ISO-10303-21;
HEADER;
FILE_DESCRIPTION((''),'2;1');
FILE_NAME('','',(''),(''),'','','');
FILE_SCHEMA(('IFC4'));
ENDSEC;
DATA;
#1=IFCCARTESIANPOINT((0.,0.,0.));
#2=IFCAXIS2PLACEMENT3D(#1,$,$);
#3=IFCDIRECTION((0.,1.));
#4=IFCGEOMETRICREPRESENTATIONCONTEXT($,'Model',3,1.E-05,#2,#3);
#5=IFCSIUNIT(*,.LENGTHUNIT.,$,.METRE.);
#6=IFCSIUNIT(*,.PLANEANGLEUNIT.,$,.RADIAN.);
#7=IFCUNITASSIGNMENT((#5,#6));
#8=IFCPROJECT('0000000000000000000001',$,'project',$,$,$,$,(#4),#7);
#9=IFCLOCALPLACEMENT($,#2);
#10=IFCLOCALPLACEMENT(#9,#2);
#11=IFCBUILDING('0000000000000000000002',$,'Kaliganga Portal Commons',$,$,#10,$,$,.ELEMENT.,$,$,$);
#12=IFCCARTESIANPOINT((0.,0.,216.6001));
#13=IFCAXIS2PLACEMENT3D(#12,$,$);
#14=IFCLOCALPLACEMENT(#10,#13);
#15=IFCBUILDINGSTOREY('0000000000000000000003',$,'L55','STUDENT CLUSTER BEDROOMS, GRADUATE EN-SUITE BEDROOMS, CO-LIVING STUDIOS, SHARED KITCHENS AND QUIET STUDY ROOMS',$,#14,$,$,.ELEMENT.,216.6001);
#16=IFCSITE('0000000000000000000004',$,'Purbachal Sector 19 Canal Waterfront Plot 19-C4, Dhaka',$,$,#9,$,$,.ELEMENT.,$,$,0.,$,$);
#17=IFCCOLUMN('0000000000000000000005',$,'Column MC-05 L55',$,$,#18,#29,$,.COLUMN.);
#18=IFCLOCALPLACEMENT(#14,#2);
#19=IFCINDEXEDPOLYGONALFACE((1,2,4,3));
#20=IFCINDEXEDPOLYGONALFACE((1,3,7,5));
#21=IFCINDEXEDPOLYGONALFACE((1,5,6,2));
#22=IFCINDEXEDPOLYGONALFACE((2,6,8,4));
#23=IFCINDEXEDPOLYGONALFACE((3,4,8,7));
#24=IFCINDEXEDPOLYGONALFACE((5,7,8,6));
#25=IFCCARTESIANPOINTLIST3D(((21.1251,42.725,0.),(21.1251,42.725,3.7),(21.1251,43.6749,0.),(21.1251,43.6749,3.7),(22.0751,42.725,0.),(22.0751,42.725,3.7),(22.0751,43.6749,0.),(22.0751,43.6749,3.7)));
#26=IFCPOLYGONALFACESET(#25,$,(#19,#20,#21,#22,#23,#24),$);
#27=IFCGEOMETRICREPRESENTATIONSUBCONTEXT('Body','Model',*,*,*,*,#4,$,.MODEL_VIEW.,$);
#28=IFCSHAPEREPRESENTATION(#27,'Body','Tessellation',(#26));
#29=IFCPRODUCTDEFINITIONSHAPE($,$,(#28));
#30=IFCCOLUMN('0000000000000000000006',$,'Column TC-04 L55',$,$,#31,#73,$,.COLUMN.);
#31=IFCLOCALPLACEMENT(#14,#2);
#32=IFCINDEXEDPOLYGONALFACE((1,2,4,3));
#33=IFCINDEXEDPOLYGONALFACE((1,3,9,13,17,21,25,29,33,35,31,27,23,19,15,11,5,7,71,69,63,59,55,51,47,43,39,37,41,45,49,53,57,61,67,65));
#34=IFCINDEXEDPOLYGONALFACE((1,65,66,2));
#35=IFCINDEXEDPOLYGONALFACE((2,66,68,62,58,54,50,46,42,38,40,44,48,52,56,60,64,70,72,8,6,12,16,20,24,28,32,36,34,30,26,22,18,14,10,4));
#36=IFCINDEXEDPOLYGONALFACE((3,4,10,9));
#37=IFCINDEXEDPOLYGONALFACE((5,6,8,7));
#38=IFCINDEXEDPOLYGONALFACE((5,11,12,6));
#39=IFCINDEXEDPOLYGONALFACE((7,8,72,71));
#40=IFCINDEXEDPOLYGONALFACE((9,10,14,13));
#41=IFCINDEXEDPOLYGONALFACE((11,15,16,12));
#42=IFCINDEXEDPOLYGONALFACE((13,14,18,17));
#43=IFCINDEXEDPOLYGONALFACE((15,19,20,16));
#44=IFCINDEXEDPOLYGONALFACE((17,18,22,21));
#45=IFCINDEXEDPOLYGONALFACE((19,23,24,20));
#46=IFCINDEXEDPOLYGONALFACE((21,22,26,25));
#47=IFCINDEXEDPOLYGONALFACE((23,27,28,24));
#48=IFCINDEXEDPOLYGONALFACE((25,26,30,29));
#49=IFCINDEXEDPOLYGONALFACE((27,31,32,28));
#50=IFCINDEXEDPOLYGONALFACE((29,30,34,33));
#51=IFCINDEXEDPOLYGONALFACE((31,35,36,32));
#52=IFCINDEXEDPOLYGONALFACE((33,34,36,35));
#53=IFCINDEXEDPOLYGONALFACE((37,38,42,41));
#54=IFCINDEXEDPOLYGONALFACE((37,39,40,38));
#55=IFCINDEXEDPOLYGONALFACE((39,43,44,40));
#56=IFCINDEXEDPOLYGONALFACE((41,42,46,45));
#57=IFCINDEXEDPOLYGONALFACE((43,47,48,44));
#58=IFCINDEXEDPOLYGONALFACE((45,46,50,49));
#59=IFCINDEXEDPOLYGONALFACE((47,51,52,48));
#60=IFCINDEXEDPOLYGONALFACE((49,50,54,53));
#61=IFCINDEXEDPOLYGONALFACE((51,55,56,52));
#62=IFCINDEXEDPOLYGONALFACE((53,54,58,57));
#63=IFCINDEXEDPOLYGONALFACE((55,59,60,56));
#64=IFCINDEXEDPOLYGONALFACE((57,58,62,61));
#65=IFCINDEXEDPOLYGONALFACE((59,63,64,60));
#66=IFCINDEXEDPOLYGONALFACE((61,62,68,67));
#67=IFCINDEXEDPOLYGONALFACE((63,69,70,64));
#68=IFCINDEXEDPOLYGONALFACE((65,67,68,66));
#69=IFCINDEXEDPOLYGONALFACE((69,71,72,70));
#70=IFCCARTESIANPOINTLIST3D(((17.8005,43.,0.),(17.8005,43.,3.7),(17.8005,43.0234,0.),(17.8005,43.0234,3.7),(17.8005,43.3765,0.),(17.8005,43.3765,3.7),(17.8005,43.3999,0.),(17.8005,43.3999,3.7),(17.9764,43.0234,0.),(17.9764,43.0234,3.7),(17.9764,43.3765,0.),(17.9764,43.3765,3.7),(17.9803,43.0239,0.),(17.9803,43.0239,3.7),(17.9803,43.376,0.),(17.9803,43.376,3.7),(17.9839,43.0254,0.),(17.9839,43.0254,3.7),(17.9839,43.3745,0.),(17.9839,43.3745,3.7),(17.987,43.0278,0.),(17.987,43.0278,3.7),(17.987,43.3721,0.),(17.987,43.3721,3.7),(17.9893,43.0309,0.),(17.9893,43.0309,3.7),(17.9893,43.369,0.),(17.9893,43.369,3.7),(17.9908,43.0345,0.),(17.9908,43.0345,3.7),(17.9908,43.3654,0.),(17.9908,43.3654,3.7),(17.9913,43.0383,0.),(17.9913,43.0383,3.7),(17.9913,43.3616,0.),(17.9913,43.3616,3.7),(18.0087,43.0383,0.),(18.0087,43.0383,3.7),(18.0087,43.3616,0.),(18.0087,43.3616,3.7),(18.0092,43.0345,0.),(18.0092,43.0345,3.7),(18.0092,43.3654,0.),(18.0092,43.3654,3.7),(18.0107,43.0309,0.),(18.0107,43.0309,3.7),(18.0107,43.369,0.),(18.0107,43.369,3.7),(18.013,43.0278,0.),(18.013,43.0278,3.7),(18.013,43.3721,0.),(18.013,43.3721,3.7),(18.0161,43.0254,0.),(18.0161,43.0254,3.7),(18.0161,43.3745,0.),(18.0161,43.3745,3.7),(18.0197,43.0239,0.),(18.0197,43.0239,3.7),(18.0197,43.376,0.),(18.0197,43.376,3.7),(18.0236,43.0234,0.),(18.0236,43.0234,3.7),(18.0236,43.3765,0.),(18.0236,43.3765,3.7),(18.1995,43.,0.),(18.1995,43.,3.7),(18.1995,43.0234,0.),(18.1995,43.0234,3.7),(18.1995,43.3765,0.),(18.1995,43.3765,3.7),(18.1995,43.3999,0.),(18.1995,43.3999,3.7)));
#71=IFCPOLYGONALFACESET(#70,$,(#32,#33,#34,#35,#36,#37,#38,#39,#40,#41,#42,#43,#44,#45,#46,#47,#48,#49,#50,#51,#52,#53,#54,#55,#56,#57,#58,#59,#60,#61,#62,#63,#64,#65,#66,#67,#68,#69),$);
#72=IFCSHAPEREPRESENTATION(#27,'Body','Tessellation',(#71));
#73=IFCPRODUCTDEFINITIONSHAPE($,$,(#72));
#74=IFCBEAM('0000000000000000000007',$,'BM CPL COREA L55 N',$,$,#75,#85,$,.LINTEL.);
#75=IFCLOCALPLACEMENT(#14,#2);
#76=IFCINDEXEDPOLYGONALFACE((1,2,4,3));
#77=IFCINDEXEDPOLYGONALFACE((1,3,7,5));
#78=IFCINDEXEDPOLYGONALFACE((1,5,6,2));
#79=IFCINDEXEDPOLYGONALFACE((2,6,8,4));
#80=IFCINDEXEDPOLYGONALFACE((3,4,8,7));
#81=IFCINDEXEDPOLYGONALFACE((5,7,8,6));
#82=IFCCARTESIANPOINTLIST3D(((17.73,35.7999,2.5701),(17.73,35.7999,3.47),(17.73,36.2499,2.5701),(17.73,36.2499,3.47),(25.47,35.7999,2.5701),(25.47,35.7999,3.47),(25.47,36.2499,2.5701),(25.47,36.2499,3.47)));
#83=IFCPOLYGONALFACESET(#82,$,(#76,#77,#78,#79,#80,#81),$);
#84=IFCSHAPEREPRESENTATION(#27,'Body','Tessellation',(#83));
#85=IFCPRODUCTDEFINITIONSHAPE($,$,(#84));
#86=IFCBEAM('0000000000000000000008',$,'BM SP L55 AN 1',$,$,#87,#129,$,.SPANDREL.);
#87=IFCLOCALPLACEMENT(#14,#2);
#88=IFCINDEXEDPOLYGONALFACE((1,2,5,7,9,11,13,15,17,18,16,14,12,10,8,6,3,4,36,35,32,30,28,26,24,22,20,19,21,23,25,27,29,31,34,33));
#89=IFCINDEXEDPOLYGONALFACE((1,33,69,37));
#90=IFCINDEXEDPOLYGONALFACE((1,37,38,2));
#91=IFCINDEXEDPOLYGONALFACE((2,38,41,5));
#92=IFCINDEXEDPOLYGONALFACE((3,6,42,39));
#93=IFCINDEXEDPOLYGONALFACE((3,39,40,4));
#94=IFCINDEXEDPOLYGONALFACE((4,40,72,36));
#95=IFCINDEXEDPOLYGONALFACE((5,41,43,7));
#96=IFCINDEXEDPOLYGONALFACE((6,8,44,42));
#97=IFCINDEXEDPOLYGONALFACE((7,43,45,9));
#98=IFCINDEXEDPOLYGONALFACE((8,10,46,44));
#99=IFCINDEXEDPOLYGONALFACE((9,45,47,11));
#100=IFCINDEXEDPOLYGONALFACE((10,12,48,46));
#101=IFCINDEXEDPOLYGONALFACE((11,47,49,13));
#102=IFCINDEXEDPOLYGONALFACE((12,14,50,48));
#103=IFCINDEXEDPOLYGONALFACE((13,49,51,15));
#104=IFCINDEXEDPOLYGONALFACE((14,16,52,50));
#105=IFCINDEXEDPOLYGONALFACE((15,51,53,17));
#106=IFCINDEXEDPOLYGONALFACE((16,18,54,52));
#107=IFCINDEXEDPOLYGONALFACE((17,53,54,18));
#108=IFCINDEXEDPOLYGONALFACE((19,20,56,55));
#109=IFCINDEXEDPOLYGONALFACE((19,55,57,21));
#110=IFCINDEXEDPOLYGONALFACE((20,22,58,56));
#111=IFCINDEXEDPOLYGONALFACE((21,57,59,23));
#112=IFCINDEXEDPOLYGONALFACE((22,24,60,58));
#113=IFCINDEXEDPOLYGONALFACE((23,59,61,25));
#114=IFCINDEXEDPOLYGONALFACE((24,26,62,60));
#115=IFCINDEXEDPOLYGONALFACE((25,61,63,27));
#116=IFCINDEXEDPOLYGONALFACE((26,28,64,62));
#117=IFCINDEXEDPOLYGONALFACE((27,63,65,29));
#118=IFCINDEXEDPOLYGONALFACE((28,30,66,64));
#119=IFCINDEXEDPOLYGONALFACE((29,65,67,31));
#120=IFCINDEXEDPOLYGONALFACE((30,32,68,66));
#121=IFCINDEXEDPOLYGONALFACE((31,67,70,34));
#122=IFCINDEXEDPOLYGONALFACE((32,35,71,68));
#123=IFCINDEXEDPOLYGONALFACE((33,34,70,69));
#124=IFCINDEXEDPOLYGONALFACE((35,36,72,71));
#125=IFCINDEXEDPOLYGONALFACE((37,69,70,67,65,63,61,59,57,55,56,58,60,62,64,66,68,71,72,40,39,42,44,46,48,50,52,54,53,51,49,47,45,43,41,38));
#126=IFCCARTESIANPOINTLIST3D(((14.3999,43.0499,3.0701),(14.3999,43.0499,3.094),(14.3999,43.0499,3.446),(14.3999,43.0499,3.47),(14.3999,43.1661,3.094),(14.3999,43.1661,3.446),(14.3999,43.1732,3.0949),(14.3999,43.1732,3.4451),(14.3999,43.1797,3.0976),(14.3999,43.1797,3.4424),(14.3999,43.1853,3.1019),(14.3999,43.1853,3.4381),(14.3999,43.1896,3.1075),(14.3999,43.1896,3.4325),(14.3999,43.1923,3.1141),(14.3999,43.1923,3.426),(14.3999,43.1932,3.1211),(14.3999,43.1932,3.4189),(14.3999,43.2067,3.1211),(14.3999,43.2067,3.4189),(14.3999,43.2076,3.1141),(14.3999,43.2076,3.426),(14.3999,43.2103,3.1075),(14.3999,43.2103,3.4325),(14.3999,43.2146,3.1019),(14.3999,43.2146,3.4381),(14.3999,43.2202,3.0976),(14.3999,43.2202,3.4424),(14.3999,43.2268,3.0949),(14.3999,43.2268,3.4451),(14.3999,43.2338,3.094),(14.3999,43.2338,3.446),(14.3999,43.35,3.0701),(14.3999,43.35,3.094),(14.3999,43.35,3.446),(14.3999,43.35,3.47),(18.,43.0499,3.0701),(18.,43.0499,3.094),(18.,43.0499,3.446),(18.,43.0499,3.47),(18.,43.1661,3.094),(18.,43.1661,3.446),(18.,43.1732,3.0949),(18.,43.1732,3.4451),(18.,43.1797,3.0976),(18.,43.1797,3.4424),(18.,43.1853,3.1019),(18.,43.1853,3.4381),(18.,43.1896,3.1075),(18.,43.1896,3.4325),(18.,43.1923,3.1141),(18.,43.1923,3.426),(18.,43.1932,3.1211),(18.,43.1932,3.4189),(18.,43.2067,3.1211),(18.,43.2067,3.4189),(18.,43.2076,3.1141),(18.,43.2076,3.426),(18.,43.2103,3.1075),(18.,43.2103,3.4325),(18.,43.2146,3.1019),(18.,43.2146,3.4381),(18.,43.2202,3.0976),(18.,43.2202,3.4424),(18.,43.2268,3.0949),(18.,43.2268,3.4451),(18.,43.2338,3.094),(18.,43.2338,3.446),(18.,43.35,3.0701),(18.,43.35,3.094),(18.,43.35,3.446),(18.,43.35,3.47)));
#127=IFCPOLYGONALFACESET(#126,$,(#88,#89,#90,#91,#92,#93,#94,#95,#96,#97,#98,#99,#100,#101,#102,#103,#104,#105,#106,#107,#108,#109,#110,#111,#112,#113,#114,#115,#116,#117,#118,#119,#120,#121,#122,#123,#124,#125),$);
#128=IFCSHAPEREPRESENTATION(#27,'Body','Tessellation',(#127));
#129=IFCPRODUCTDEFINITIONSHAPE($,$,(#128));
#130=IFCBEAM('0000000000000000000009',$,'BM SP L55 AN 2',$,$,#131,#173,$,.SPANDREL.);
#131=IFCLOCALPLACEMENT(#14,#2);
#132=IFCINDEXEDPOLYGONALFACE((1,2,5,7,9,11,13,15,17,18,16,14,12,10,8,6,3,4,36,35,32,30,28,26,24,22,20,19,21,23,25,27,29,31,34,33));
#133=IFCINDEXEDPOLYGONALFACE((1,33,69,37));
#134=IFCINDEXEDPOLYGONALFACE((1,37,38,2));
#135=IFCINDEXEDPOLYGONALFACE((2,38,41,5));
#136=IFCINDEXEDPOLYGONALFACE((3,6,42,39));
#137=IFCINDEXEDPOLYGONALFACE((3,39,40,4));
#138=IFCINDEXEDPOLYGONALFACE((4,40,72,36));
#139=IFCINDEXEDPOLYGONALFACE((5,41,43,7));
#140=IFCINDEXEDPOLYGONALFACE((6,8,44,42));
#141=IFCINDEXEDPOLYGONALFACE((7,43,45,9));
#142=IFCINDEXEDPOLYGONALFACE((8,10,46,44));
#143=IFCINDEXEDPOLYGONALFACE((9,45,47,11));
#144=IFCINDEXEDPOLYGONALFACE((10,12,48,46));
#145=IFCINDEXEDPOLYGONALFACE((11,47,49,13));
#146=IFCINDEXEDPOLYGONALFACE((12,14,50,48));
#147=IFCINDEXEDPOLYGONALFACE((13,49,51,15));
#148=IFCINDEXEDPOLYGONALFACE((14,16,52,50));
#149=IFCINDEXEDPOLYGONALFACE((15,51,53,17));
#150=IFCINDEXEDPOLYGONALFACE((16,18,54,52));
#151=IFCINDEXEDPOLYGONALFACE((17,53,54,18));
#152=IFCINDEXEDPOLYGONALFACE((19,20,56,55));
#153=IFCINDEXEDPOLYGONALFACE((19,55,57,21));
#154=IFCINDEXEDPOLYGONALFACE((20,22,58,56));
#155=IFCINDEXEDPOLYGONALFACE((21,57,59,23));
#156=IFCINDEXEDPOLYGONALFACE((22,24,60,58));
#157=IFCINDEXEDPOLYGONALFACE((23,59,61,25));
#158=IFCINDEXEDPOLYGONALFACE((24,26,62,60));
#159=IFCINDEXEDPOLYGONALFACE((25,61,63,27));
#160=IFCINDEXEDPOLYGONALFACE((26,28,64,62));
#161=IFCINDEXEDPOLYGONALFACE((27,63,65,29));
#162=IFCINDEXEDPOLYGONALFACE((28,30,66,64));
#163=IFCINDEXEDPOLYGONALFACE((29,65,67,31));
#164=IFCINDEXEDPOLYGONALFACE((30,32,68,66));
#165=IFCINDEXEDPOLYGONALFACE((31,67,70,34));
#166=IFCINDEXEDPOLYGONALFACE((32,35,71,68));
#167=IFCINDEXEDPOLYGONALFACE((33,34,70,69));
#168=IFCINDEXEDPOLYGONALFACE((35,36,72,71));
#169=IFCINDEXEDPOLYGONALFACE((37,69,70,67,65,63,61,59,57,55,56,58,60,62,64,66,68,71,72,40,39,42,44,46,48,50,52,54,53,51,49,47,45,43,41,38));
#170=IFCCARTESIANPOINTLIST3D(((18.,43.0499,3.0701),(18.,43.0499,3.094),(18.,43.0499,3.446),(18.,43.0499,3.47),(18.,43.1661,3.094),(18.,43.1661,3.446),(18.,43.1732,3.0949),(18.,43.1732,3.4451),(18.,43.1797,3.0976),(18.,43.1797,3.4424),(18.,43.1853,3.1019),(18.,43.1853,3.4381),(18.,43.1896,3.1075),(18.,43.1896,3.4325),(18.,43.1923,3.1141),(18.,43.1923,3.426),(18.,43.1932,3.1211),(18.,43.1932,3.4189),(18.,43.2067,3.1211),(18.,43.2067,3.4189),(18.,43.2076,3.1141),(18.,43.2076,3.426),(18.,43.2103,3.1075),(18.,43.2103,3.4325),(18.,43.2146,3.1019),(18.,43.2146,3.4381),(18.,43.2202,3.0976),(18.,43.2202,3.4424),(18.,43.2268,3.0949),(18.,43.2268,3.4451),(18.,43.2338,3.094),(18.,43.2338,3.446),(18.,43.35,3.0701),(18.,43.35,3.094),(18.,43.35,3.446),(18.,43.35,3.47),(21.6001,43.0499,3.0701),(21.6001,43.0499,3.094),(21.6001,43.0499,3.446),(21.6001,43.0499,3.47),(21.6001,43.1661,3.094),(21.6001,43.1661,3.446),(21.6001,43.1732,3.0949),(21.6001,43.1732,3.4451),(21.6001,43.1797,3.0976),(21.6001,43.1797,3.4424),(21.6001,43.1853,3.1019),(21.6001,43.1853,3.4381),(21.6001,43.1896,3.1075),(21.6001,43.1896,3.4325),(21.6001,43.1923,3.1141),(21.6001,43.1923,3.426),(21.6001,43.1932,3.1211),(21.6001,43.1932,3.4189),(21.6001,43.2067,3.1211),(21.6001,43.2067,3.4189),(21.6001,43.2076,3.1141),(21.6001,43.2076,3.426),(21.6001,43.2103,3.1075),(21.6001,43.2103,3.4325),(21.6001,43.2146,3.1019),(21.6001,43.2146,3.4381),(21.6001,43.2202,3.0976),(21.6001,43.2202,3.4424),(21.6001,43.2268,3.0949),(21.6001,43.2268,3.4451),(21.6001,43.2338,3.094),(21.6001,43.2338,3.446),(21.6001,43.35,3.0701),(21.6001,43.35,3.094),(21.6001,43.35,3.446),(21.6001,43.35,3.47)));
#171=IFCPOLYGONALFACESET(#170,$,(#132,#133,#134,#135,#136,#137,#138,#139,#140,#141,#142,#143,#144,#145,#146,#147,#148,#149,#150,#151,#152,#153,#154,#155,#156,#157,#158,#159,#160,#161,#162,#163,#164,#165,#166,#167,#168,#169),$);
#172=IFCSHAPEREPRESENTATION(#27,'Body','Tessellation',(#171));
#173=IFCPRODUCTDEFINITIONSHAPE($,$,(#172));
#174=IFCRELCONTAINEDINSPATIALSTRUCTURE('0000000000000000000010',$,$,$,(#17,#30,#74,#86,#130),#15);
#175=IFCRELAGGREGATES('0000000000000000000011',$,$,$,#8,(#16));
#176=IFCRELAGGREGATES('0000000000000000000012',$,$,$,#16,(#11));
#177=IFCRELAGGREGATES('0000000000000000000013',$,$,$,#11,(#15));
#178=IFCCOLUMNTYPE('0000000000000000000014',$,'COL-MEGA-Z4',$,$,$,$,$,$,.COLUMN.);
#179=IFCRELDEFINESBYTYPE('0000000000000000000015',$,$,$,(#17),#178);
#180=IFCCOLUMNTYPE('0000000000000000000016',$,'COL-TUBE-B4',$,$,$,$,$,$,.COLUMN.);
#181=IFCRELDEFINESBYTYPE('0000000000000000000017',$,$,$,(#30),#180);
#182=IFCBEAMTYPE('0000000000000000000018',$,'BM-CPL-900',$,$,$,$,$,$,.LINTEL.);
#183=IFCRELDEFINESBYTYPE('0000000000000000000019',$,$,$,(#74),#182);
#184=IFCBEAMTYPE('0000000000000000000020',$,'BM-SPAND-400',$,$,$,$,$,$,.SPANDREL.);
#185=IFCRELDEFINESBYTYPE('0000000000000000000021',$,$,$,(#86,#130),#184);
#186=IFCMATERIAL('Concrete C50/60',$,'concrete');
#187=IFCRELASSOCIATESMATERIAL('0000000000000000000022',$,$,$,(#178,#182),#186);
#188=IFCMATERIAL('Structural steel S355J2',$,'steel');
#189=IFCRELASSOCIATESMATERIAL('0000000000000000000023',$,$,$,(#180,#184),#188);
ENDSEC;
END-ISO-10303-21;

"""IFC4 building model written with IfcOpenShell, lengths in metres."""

from ifc_helpers import new_model, si_unit, direction, frame, origin, origin_2d, place, context, subcontext, project, spatial, rectangle, i_section, extrude, source, transform, mapped, material, material_profile, profile_set, type_object, element, save


model = new_model("IFC4")

# Units and contexts
model_context = context("Model", 3, precision=1e-05, world=origin(), true_north=direction((0.0, 1.0)))
body_context = subcontext(model_context, "Body", "Model", "MODEL_VIEW")
ifc_project = project(units=[si_unit("LENGTHUNIT", "METRE"), si_unit("PLANEANGLEUNIT", "RADIAN")], contexts=[model_context])

# Site, building, storey
site_placement = place(None, origin())
site = spatial("IfcSite", under=ifc_project, at=site_placement, Name="Purbachal Sector 19 Canal Waterfront Plot 19-C4, Dhaka", CompositionType="ELEMENT", RefElevation=0.0)
building_placement = place(site_placement, origin())
building = spatial("IfcBuilding", under=site, at=building_placement, Name="Kaliganga Portal Commons", CompositionType="ELEMENT")
storey_placement = place(building_placement, frame((0.0, 0.0, 216.6001)))
storey = spatial("IfcBuildingStorey", under=building, at=storey_placement, Name="L55", Description="STUDENT CLUSTER BEDROOMS, GRADUATE EN-SUITE BEDROOMS, CO-LIVING STUDIOS, SHARED KITCHENS AND QUIET STUDY ROOMS", CompositionType="ELEMENT", Elevation=216.6001)

# Columns
ifc_material_1 = material(Name="Concrete C50/60", Category="concrete")
ifc_material_profile_1 = material_profile(ifc_material_1, rectangle(XDim=0.95, YDim=0.95, at=origin_2d()), Name="RC 950x950")
ifc_profile_set_1 = profile_set([ifc_material_profile_1], Name="Concrete C50/60")
column_type_1 = type_object("IfcColumnType", Name="COL-MEGA-Z4", PredefinedType="COLUMN", material=ifc_profile_set_1)
shared_shape_1 = source(origin(), body_context, "Body", "SweptSolid", [
    extrude(rectangle(XDim=0.95, YDim=0.95, at=origin_2d()), origin(), (0.0, 0.0, 1.0), 3.7),
])
column_1_placement = place(storey_placement, frame((21.6001, 43.2, 0.0), z_axis=(0.0, 0.0, 1.0), x_axis=(1.0, 0.0, 0.0)))
element("IfcColumn", 1, at=column_1_placement, inside=storey, type_object=column_type_1, Name="Column MC-05 L55", PredefinedType="COLUMN", context=body_context, shape_type="MappedRepresentation", body=[
    mapped(shared_shape_1, transform((0.0, 0.0, 0.0), x_axis=(1.0, 0.0, 0.0), y_axis=(0.0, 1.0, 0.0), z_axis=(0.0, 0.0, 1.0), scale=1.0)),
])
ifc_material_2 = material(Name="Structural steel S355J2", Category="steel")
ifc_material_profile_2 = material_profile(ifc_material_2, i_section(OverallWidth=0.3989, OverallDepth=0.3999, WebThickness=0.0173, FlangeThickness=0.0234, FilletRadius=0.0149, at=origin_2d()), Name="HD 400x287")
ifc_profile_set_2 = profile_set([ifc_material_profile_2], Name="Structural steel S355J2 wide-flange")
column_type_2 = type_object("IfcColumnType", Name="COL-TUBE-B4", PredefinedType="COLUMN", material=ifc_profile_set_2)
shared_shape_2 = source(origin(), body_context, "Body", "SweptSolid", [
    extrude(i_section(OverallWidth=0.3989, OverallDepth=0.3999, WebThickness=0.0173, FlangeThickness=0.0234, FilletRadius=0.0149, at=origin_2d()), origin(), (0.0, 0.0, 1.0), 3.7),
])
column_2_placement = place(storey_placement, frame((18.0, 43.2, 0.0), z_axis=(0.0, 0.0, 1.0), x_axis=(1.0, 0.0, 0.0)))
element("IfcColumn", 2, at=column_2_placement, inside=storey, type_object=column_type_2, Name="Column TC-04 L55", PredefinedType="COLUMN", context=body_context, shape_type="MappedRepresentation", body=[
    mapped(shared_shape_2, transform((0.0, 0.0, 0.0), x_axis=(1.0, 0.0, 0.0), y_axis=(0.0, 1.0, 0.0), z_axis=(0.0, 0.0, 1.0), scale=1.0)),
])

# Beams
ifc_material_profile_3 = material_profile(ifc_material_1, rectangle(XDim=0.45, YDim=0.8999, at=origin_2d()), Name="RC 450x900")
ifc_profile_set_3 = profile_set([ifc_material_profile_3], Name="Concrete C50/60")
beam_type_1 = type_object("IfcBeamType", Name="BM-CPL-900", PredefinedType="LINTEL", material=ifc_profile_set_3)
shared_shape_3 = source(origin(), body_context, "Body", "SweptSolid", [
    extrude(rectangle(XDim=0.45, YDim=0.8999, at=origin_2d()), origin(), (0.0, 0.0, 1.0), 7.74),
])
beam_1_placement = place(storey_placement, frame((17.73, 36.0249, 3.02), z_axis=(1.0, 0.0, 0.0), x_axis=(0.0, 1.0, 0.0)))
element("IfcBeam", 3, at=beam_1_placement, inside=storey, type_object=beam_type_1, Name="BM CPL COREA L55 N", PredefinedType="LINTEL", context=body_context, shape_type="MappedRepresentation", body=[
    mapped(shared_shape_3, transform((0.0, 0.0, 0.0), x_axis=(1.0, 0.0, 0.0), y_axis=(0.0, 1.0, 0.0), z_axis=(0.0, 0.0, 1.0), scale=1.0)),
])
ifc_material_profile_4 = material_profile(ifc_material_2, i_section(OverallWidth=0.3, OverallDepth=0.3999, WebThickness=0.0134, FlangeThickness=0.0239, FilletRadius=0.0271, at=origin_2d()), Name="HE 400 B")
ifc_profile_set_4 = profile_set([ifc_material_profile_4], Name="Structural steel S355J2 wide-flange")
beam_type_2 = type_object("IfcBeamType", Name="BM-SPAND-400", PredefinedType="SPANDREL", material=ifc_profile_set_4)
shared_shape_4 = source(origin(), body_context, "Body", "SweptSolid", [
    extrude(i_section(OverallWidth=0.3, OverallDepth=0.3999, WebThickness=0.0134, FlangeThickness=0.0239, FilletRadius=0.0271, at=origin_2d()), origin(), (0.0, 0.0, 1.0), 3.6001),
])
for number, where, z_axis, x_axis, name in (
    (4, (14.3999, 43.2, 3.27), (1.0, 0.0, 0.0), (0.0, 1.0, 0.0), "BM SP L55 AN 1"),
    (5, (18.0, 43.2, 3.27), (1.0, 0.0, 0.0), (0.0, 1.0, 0.0), "BM SP L55 AN 2"),
):
    element("IfcBeam", number, at=place(storey_placement, frame(where, z_axis=z_axis, x_axis=x_axis)), inside=storey, type_object=beam_type_2, Name=name, PredefinedType="SPANDREL", context=body_context, shape_type="MappedRepresentation", body=[
        mapped(shared_shape_4, transform((0.0, 0.0, 0.0), x_axis=(1.0, 0.0, 0.0), y_axis=(0.0, 1.0, 0.0), z_axis=(0.0, 0.0, 1.0), scale=1.0)),
    ])

save(model, "model.ifc")
